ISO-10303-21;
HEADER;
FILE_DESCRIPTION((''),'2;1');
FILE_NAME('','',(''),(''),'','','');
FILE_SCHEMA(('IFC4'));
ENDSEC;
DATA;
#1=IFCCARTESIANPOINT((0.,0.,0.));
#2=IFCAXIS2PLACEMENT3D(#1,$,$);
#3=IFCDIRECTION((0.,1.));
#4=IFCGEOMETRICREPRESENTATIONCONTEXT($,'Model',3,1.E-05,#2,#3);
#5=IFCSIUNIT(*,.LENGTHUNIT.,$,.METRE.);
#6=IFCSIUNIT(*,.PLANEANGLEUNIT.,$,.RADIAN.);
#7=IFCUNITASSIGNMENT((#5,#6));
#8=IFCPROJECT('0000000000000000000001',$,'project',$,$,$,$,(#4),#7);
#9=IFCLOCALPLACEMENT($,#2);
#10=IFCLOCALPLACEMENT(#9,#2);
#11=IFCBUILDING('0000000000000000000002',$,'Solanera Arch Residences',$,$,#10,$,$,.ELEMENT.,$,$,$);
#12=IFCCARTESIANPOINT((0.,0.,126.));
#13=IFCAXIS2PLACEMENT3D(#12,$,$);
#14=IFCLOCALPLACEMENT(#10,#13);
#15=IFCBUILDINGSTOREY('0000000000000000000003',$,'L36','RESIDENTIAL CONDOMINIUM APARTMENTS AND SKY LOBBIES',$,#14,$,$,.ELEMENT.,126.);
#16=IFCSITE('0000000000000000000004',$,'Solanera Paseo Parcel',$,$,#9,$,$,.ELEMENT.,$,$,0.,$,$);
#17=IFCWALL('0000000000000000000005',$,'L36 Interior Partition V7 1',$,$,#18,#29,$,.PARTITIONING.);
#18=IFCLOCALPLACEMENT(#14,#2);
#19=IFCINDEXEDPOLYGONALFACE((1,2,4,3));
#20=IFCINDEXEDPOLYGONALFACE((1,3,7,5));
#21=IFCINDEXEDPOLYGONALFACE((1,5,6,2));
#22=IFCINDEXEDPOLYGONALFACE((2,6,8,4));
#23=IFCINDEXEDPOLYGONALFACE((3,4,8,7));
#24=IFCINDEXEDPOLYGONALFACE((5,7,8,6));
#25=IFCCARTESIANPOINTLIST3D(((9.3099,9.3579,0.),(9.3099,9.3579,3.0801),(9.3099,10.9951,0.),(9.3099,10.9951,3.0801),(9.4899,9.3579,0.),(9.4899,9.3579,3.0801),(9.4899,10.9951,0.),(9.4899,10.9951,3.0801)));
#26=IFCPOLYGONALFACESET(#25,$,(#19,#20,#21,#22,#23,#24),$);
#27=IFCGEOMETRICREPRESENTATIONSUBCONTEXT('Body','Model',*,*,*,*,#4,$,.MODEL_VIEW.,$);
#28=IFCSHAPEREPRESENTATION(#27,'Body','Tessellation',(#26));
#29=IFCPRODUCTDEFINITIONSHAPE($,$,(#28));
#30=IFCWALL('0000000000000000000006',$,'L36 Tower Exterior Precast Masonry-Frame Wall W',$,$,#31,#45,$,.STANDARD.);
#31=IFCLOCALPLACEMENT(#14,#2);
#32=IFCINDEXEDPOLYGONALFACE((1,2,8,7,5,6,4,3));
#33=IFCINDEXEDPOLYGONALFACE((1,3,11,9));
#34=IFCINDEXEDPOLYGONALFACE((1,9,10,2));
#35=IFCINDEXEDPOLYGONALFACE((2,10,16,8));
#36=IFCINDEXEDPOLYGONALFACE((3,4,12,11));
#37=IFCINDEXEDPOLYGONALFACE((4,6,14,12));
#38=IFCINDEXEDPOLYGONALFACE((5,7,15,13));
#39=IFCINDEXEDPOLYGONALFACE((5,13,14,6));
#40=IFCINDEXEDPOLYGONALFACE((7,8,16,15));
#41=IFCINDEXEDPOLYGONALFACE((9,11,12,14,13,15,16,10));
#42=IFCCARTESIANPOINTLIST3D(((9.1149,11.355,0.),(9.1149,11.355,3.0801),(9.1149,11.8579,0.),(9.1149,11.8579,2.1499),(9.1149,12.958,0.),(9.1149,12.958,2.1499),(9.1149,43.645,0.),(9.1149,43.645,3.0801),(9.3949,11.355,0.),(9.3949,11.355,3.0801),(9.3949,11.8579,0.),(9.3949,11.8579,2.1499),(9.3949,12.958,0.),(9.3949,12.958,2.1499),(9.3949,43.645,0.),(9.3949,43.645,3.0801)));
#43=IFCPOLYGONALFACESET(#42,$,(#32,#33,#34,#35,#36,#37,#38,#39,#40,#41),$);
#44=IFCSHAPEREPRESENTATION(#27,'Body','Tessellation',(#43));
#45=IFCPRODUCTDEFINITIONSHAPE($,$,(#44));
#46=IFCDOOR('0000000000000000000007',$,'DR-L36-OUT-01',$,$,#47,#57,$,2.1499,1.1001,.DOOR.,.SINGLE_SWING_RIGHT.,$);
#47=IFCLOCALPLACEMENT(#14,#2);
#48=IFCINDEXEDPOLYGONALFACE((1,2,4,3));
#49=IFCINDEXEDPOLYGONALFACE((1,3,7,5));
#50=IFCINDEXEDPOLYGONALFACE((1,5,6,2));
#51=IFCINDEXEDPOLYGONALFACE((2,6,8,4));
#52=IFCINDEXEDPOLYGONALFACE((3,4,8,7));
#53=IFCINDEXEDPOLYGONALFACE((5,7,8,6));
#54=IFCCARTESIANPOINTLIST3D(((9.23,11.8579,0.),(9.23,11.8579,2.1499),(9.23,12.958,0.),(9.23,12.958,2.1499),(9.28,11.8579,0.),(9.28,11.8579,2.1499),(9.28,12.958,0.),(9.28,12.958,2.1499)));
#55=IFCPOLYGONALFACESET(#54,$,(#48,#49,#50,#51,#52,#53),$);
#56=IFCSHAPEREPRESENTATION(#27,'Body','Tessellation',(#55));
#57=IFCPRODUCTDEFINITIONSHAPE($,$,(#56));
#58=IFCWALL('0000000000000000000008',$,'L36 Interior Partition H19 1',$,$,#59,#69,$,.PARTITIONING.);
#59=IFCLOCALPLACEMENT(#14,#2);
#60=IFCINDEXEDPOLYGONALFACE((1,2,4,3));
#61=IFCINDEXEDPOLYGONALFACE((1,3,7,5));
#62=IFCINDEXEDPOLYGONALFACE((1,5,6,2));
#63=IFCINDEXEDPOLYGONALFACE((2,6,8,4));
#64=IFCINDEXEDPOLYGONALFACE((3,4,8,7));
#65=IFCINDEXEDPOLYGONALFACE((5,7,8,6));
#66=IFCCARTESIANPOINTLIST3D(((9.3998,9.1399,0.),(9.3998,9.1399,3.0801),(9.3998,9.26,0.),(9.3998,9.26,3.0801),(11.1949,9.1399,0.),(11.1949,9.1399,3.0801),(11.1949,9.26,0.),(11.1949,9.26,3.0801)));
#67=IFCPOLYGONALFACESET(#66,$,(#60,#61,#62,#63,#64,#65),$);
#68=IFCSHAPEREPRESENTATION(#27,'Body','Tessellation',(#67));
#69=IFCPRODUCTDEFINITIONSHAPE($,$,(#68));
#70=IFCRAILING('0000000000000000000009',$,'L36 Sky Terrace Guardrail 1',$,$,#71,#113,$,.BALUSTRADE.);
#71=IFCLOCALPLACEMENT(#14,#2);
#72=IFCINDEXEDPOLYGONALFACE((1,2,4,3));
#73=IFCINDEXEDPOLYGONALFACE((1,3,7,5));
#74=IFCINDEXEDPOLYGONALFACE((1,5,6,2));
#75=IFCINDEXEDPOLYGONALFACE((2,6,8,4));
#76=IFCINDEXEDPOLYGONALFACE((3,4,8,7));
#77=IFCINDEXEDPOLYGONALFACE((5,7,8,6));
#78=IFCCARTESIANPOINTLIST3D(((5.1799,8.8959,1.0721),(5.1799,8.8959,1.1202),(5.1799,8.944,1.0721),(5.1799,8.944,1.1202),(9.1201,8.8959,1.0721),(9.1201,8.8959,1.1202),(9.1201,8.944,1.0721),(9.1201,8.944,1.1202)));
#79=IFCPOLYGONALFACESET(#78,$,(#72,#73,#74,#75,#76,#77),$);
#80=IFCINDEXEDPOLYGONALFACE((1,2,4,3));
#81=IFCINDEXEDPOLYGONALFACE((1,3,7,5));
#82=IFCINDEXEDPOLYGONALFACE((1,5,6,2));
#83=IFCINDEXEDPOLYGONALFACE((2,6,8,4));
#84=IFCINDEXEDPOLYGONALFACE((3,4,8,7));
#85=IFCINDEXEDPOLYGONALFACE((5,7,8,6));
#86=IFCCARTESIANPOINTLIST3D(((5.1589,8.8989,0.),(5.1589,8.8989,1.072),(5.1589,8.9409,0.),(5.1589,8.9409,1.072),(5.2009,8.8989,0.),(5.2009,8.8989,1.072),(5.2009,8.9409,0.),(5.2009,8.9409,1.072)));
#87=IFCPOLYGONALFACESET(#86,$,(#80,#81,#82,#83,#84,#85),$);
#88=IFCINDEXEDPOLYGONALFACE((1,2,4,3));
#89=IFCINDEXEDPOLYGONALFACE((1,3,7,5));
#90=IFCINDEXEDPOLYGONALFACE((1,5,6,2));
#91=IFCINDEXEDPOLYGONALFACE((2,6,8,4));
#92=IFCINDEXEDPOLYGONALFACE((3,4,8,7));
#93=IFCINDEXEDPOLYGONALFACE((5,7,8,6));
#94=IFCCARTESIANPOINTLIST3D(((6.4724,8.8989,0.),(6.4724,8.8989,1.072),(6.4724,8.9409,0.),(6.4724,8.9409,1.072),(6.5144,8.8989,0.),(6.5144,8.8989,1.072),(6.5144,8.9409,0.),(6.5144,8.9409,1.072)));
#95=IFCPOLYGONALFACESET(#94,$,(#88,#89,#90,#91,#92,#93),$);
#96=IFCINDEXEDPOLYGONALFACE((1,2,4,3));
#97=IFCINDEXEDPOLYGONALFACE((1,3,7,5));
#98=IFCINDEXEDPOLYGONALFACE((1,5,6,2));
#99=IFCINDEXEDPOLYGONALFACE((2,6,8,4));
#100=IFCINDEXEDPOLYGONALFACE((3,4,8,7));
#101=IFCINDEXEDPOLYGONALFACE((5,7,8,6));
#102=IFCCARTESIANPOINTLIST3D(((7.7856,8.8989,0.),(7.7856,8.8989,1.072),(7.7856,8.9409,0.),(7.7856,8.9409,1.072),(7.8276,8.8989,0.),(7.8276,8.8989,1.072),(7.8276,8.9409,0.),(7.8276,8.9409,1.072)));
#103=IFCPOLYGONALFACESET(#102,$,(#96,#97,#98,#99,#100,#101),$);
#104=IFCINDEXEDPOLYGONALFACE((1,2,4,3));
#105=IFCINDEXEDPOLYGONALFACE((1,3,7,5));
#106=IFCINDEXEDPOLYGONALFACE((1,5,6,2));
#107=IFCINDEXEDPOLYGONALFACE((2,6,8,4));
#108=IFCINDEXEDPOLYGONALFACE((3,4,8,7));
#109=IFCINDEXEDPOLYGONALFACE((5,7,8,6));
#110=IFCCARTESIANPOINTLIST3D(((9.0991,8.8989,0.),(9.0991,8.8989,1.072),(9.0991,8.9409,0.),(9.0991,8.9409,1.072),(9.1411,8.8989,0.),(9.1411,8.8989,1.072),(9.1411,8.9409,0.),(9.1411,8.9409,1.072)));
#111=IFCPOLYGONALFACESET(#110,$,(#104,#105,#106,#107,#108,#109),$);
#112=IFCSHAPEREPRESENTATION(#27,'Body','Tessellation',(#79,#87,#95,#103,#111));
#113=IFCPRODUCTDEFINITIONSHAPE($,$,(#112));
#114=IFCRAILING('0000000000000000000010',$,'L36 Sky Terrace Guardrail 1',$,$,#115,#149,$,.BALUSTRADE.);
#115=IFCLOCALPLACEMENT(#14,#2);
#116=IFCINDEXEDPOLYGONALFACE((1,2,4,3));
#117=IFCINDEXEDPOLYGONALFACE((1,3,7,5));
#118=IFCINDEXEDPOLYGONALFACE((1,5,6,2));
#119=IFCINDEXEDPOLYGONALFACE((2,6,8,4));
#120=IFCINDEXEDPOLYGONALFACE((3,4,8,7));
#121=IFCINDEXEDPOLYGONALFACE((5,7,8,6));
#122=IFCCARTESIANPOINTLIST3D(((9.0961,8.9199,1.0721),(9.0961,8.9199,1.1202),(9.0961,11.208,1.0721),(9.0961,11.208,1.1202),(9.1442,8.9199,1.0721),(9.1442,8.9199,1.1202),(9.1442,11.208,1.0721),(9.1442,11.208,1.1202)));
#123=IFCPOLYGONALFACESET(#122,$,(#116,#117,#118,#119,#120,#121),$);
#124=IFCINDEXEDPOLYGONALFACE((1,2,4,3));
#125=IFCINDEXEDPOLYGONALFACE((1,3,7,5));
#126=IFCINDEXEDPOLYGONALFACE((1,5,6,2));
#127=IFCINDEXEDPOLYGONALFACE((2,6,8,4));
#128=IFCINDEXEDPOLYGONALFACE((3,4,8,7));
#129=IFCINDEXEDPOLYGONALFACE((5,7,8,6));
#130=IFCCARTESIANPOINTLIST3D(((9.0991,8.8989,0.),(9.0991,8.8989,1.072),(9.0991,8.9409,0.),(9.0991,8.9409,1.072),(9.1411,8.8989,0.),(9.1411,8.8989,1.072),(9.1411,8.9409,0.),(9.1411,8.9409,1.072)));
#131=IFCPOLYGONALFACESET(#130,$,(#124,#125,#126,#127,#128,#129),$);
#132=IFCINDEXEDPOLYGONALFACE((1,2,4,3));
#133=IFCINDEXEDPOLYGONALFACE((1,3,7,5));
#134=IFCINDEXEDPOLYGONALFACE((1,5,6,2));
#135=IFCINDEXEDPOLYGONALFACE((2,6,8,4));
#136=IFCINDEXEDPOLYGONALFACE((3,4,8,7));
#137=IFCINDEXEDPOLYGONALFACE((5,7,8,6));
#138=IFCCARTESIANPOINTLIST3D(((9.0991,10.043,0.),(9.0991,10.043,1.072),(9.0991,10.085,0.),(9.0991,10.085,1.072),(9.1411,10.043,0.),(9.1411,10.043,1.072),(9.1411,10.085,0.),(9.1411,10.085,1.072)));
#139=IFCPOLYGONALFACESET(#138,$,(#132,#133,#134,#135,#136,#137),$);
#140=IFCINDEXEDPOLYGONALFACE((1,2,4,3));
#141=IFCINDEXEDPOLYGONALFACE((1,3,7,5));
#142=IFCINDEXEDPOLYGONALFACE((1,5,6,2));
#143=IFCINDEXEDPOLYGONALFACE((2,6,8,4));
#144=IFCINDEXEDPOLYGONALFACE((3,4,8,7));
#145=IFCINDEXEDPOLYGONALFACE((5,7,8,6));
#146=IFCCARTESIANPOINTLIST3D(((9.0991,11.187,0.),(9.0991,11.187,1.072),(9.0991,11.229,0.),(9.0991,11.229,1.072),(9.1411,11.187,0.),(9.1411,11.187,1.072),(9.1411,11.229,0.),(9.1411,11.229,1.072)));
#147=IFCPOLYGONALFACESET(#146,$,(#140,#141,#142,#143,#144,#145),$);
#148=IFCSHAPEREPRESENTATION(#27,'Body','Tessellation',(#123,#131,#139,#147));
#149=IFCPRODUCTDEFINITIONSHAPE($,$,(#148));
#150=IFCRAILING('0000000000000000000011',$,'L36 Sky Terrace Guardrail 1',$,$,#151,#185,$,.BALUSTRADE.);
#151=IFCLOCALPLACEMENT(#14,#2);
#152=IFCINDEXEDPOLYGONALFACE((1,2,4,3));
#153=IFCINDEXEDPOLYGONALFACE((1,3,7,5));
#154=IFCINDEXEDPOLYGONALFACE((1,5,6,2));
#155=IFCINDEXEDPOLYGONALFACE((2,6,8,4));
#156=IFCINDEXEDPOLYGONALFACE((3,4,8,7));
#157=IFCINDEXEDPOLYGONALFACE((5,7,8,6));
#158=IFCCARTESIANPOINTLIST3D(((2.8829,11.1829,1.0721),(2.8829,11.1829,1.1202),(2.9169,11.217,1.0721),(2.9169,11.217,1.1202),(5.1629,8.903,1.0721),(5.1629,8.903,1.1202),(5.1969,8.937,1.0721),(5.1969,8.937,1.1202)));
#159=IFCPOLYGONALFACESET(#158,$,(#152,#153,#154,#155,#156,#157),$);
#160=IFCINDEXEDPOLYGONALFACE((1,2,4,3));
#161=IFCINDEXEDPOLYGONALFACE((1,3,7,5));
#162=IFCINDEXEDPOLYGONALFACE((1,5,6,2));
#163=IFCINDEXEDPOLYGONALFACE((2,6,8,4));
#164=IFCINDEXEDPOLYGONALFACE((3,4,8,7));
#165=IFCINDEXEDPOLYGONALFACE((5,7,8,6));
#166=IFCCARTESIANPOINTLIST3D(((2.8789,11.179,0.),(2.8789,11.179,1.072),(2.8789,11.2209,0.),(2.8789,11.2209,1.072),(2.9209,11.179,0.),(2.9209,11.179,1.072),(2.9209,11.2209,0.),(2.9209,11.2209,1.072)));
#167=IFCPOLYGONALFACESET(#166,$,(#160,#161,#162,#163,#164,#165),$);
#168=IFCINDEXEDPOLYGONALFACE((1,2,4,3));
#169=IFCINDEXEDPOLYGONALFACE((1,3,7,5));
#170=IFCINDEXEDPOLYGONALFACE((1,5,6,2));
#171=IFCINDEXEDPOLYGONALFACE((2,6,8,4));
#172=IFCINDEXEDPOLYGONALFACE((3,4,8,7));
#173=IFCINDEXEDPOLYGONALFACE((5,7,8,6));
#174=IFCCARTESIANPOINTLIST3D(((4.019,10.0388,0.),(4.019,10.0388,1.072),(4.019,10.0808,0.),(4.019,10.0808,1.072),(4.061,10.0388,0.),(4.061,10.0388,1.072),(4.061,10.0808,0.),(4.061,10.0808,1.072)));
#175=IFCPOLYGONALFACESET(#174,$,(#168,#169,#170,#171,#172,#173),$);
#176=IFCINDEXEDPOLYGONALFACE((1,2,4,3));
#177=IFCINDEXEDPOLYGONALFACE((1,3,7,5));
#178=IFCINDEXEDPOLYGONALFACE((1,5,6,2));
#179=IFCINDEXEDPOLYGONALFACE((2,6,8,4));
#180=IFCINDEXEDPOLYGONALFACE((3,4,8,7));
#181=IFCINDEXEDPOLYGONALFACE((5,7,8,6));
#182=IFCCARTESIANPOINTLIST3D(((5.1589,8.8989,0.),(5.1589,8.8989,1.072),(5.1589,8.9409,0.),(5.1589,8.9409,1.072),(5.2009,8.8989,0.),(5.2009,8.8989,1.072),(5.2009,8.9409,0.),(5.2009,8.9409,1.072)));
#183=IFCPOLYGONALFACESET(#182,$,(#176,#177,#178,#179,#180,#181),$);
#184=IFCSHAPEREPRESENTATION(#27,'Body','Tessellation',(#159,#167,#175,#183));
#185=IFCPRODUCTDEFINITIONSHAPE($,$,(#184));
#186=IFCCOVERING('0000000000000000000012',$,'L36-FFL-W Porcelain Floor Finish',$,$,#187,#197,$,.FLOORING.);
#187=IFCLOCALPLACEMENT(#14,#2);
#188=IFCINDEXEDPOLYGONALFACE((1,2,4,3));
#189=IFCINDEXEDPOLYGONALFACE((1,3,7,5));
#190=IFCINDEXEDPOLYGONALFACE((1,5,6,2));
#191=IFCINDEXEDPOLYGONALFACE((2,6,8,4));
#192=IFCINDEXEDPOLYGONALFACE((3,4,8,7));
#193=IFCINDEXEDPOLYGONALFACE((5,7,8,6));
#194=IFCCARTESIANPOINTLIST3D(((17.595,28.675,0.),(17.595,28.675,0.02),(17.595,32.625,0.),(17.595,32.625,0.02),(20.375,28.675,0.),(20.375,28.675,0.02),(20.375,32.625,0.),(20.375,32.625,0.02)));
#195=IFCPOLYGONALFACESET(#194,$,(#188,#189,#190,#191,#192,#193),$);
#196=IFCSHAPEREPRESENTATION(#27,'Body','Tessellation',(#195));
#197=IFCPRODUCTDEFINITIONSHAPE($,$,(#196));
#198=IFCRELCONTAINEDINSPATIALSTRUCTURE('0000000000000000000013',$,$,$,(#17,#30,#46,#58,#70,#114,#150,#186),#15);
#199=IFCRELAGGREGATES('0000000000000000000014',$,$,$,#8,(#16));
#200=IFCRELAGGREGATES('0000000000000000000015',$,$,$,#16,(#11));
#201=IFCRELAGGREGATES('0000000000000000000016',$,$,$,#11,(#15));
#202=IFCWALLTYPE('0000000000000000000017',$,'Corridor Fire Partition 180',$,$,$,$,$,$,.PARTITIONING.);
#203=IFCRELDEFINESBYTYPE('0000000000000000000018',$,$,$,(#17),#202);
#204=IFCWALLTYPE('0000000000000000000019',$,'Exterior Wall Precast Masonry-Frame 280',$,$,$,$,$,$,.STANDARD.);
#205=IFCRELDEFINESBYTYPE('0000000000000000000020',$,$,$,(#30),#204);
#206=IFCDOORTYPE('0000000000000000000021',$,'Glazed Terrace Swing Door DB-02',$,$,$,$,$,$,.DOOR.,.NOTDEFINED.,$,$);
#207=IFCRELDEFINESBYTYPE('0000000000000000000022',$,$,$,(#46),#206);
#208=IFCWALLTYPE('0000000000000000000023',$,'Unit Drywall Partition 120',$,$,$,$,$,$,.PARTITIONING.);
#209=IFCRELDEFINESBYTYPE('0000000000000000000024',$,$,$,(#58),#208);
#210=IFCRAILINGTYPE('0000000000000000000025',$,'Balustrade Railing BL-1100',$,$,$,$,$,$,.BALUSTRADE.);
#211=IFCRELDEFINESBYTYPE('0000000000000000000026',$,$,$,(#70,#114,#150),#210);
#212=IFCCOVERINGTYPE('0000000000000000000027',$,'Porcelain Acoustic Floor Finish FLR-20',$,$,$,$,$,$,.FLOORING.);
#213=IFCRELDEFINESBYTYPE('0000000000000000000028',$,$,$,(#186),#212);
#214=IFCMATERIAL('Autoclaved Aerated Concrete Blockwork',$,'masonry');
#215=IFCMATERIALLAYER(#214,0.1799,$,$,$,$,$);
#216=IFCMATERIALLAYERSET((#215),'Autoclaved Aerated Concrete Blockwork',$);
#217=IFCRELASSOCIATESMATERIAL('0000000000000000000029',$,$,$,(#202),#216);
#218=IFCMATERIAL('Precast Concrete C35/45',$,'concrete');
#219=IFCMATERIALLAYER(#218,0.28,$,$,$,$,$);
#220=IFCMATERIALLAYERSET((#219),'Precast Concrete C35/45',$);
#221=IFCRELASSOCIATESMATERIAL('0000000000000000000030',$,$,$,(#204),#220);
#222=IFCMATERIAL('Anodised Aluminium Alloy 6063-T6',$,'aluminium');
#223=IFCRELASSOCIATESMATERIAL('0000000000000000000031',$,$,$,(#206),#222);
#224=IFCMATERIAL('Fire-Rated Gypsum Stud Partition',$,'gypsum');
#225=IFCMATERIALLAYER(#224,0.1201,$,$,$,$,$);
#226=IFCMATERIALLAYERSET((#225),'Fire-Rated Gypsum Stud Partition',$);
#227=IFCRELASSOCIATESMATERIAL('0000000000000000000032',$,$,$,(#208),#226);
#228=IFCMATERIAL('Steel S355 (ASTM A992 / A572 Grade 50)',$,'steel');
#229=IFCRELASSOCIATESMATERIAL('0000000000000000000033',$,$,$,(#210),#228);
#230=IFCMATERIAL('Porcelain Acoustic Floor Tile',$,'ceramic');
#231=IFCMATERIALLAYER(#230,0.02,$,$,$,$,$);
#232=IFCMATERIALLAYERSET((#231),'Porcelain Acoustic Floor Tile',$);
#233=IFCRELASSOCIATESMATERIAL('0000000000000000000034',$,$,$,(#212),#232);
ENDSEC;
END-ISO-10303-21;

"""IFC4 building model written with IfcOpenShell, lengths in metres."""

from ifc_helpers import new_model, si_unit, direction, frame, frame_2d, origin, origin_2d, place, context, subcontext, project, spatial, polyline, rectangle, outline, extrude, material, layer, layer_set, type_object, element, fill, save


model = new_model("IFC4")

# Units and contexts
model_context = context("Model", 3, precision=1e-05, world=origin(), true_north=direction((0.0, 1.0)))
body_context = subcontext(model_context, "Body", "Model", "MODEL_VIEW")
ifc_project = project(units=[si_unit("LENGTHUNIT", "METRE"), si_unit("PLANEANGLEUNIT", "RADIAN")], contexts=[model_context])

# Site, building, storey
site_placement = place(None, origin())
site = spatial("IfcSite", under=ifc_project, at=site_placement, Name="Solanera Paseo Parcel", CompositionType="ELEMENT", RefElevation=0.0)
building_placement = place(site_placement, origin())
building = spatial("IfcBuilding", under=site, at=building_placement, Name="Solanera Arch Residences", CompositionType="ELEMENT")
storey_placement = place(building_placement, frame((0.0, 0.0, 126.0)))
storey = spatial("IfcBuildingStorey", under=building, at=storey_placement, Name="L36", Description="RESIDENTIAL CONDOMINIUM APARTMENTS AND SKY LOBBIES", CompositionType="ELEMENT", Elevation=126.0)

# Wall
ifc_material_1 = material(Name="Autoclaved Aerated Concrete Blockwork", Category="masonry")
ifc_layer_1 = layer(ifc_material_1, 0.1799)
ifc_layer_set_1 = layer_set([ifc_layer_1], Name="Autoclaved Aerated Concrete Blockwork")
wall_type_1 = type_object("IfcWallType", Name="Corridor Fire Partition 180", PredefinedType="PARTITIONING", material=ifc_layer_set_1)
wall_1_placement = place(storey_placement, frame((9.3999, 9.3579, 0.0), z_axis=(0.0, 0.0, 1.0), x_axis=(0.0, 1.0, 0.0)))
element("IfcWall", 1, at=wall_1_placement, inside=storey, type_object=wall_type_1, Name="L36 Interior Partition V7 1", PredefinedType="PARTITIONING", context=body_context, shape_type="SweptSolid", body=[
    extrude(rectangle(XDim=1.6372, YDim=0.1799, at=frame_2d((0.8186, 0.0))), origin(), (0.0, 0.0, 1.0), 3.0801),
])

# Wall, opening, door
ifc_material_2 = material(Name="Precast Concrete C35/45", Category="concrete")
ifc_layer_2 = layer(ifc_material_2, 0.28)
ifc_layer_set_2 = layer_set([ifc_layer_2], Name="Precast Concrete C35/45")
wall_type_2 = type_object("IfcWallType", Name="Exterior Wall Precast Masonry-Frame 280", PredefinedType="STANDARD", material=ifc_layer_set_2)
wall_2_placement = place(storey_placement, frame((9.2549, 11.355, 0.0), z_axis=(0.0, 0.0, 1.0), x_axis=(0.0, 1.0, 0.0)))
wall_2 = element("IfcWall", 2, at=wall_2_placement, inside=storey, type_object=wall_type_2, Name="L36 Tower Exterior Precast Masonry-Frame Wall W", PredefinedType="STANDARD", context=body_context, shape_type="SweptSolid", body=[
    extrude(rectangle(XDim=32.29, YDim=0.28, at=frame_2d((16.145, 0.0))), origin(), (0.0, 0.0, 1.0), 3.0801),
])
opening_placement = place(wall_2_placement, frame((0.5029, 0.0, 0.0)))
opening = element("IfcOpeningElement", 3, at=opening_placement, cuts=wall_2, PredefinedType="OPENING", context=body_context, shape_type="SweptSolid", body=[
    extrude(rectangle(XDim=1.1001, YDim=2.1499, at=frame_2d((0.55, 1.075))), frame((0.0, 0.1499, 0.0), z_axis=(0.0, -1.0, 0.0), x_axis=(1.0, 0.0, 0.0)), (0.0, 0.0, 1.0), 0.3),
])
ifc_material_3 = material(Name="Anodised Aluminium Alloy 6063-T6", Category="aluminium")
door_type = type_object("IfcDoorType", Name="Glazed Terrace Swing Door DB-02", OperationType="NOTDEFINED", PredefinedType="DOOR", material=ifc_material_3)
door_placement = place(opening_placement, origin())
door = element("IfcDoor", 4, at=door_placement, inside=storey, type_object=door_type, Name="DR-L36-OUT-01", OperationType="SINGLE_SWING_RIGHT", OverallHeight=2.1499, OverallWidth=1.1001, PredefinedType="DOOR", context=body_context, shape_type="SweptSolid", body=[
    extrude(rectangle(XDim=1.1001, YDim=2.1499, at=frame_2d((0.55, 1.075))), frame((0.0, 0.0249, 0.0), z_axis=(0.0, -1.0, 0.0), x_axis=(1.0, 0.0, 0.0)), (0.0, 0.0, 1.0), 0.05),
])
fill(opening, door)

# Wall
ifc_material_4 = material(Name="Fire-Rated Gypsum Stud Partition", Category="gypsum")
ifc_layer_3 = layer(ifc_material_4, 0.1201)
ifc_layer_set_3 = layer_set([ifc_layer_3], Name="Fire-Rated Gypsum Stud Partition")
wall_type_3 = type_object("IfcWallType", Name="Unit Drywall Partition 120", PredefinedType="PARTITIONING", material=ifc_layer_set_3)
wall_3_placement = place(storey_placement, frame((9.3999, 9.2, 0.0), z_axis=(0.0, 0.0, 1.0), x_axis=(1.0, 0.0, 0.0)))
element("IfcWall", 5, at=wall_3_placement, inside=storey, type_object=wall_type_3, Name="L36 Interior Partition H19 1", PredefinedType="PARTITIONING", context=body_context, shape_type="SweptSolid", body=[
    extrude(rectangle(XDim=1.7952, YDim=0.1201, at=frame_2d((0.8975, 0.0))), origin(), (0.0, 0.0, 1.0), 3.0801),
])

# Railings
ifc_material_5 = material(Name="Steel S355 (ASTM A992 / A572 Grade 50)", Category="steel")
railing_type = type_object("IfcRailingType", Name="Balustrade Railing BL-1100", PredefinedType="BALUSTRADE", material=ifc_material_5)
railing_1_placement = place(storey_placement, frame((5.1799, 8.9199, 0.0)))
element("IfcRailing", 6, at=railing_1_placement, inside=storey, type_object=railing_type, Name="L36 Sky Terrace Guardrail 1", PredefinedType="BALUSTRADE", context=body_context, shape_type="SweptSolid", body=[
    extrude(rectangle(XDim=0.0481, YDim=0.0481, at=origin_2d()), frame((0.0, 0.0, 1.0962), z_axis=(1.0, 0.0, 0.0), x_axis=(0.0, 1.0, 0.0)), (0.0, 0.0, 1.0), 3.9402),
    extrude(rectangle(XDim=0.042, YDim=0.042, at=origin_2d()), origin(), (0.0, 0.0, 1.0), 1.072),
    extrude(rectangle(XDim=0.042, YDim=0.042, at=origin_2d()), frame((1.3135, 0.0, 0.0)), (0.0, 0.0, 1.0), 1.072),
    extrude(rectangle(XDim=0.042, YDim=0.042, at=origin_2d()), frame((2.6267, 0.0, 0.0)), (0.0, 0.0, 1.0), 1.072),
    extrude(rectangle(XDim=0.042, YDim=0.042, at=origin_2d()), frame((3.9402, 0.0, 0.0)), (0.0, 0.0, 1.0), 1.072),
])
railing_2_placement = place(storey_placement, frame((9.1201, 8.9199, 0.0)))
element("IfcRailing", 7, at=railing_2_placement, inside=storey, type_object=railing_type, Name="L36 Sky Terrace Guardrail 1", PredefinedType="BALUSTRADE", context=body_context, shape_type="SweptSolid", body=[
    extrude(rectangle(XDim=0.0481, YDim=0.0481, at=origin_2d()), frame((0.0, 0.0, 1.0962), z_axis=(0.0, 1.0, 0.0), x_axis=(-1.0, 0.0, 0.0)), (0.0, 0.0, 1.0), 2.2881),
    extrude(rectangle(XDim=0.042, YDim=0.042, at=origin_2d()), origin(), (0.0, 0.0, 1.0), 1.072),
    extrude(rectangle(XDim=0.042, YDim=0.042, at=origin_2d()), frame((0.0, 1.144, 0.0)), (0.0, 0.0, 1.0), 1.072),
    extrude(rectangle(XDim=0.042, YDim=0.042, at=origin_2d()), frame((0.0, 2.2881, 0.0)), (0.0, 0.0, 1.0), 1.072),
])
railing_3_placement = place(storey_placement, frame((2.8999, 11.2, 0.0)))
element("IfcRailing", 8, at=railing_3_placement, inside=storey, type_object=railing_type, Name="L36 Sky Terrace Guardrail 1", PredefinedType="BALUSTRADE", context=body_context, shape_type="SweptSolid", body=[
    extrude(rectangle(XDim=0.0481, YDim=0.0481, at=origin_2d()), frame((0.0, 0.0, 1.0962), z_axis=(0.707107, -0.707107, 0.0), x_axis=(0.707107, 0.707107, 0.0)), (0.0, 0.0, 1.0), 3.2244),
    extrude(rectangle(XDim=0.042, YDim=0.042, at=origin_2d()), origin(), (0.0, 0.0, 1.0), 1.072),
    extrude(rectangle(XDim=0.042, YDim=0.042, at=origin_2d()), frame((1.1401, -1.1401, 0.0)), (0.0, 0.0, 1.0), 1.072),
    extrude(rectangle(XDim=0.042, YDim=0.042, at=origin_2d()), frame((2.28, -2.28, 0.0)), (0.0, 0.0, 1.0), 1.072),
])

# Covering
ifc_material_6 = material(Name="Porcelain Acoustic Floor Tile", Category="ceramic")
ifc_layer_4 = layer(ifc_material_6, 0.02)
ifc_layer_set_4 = layer_set([ifc_layer_4], Name="Porcelain Acoustic Floor Tile")
covering_type_1 = type_object("IfcCoveringType", Name="Porcelain Acoustic Floor Finish FLR-20", PredefinedType="FLOORING", material=ifc_layer_set_4)
covering_1_placement = place(storey_placement, origin())
element("IfcCovering", 9, at=covering_1_placement, inside=storey, type_object=covering_type_1, Name="L36-FFL-W Porcelain Floor Finish", PredefinedType="FLOORING", context=body_context, shape_type="SweptSolid", body=[
    extrude(outline(polyline([(20.375, 28.675), (17.595, 28.675), (17.595, 32.625), (20.375, 32.625), (20.375, 28.675)])), origin(), (0.0, 0.0, 1.0), 0.02),
])

save(model, "model.ifc")
